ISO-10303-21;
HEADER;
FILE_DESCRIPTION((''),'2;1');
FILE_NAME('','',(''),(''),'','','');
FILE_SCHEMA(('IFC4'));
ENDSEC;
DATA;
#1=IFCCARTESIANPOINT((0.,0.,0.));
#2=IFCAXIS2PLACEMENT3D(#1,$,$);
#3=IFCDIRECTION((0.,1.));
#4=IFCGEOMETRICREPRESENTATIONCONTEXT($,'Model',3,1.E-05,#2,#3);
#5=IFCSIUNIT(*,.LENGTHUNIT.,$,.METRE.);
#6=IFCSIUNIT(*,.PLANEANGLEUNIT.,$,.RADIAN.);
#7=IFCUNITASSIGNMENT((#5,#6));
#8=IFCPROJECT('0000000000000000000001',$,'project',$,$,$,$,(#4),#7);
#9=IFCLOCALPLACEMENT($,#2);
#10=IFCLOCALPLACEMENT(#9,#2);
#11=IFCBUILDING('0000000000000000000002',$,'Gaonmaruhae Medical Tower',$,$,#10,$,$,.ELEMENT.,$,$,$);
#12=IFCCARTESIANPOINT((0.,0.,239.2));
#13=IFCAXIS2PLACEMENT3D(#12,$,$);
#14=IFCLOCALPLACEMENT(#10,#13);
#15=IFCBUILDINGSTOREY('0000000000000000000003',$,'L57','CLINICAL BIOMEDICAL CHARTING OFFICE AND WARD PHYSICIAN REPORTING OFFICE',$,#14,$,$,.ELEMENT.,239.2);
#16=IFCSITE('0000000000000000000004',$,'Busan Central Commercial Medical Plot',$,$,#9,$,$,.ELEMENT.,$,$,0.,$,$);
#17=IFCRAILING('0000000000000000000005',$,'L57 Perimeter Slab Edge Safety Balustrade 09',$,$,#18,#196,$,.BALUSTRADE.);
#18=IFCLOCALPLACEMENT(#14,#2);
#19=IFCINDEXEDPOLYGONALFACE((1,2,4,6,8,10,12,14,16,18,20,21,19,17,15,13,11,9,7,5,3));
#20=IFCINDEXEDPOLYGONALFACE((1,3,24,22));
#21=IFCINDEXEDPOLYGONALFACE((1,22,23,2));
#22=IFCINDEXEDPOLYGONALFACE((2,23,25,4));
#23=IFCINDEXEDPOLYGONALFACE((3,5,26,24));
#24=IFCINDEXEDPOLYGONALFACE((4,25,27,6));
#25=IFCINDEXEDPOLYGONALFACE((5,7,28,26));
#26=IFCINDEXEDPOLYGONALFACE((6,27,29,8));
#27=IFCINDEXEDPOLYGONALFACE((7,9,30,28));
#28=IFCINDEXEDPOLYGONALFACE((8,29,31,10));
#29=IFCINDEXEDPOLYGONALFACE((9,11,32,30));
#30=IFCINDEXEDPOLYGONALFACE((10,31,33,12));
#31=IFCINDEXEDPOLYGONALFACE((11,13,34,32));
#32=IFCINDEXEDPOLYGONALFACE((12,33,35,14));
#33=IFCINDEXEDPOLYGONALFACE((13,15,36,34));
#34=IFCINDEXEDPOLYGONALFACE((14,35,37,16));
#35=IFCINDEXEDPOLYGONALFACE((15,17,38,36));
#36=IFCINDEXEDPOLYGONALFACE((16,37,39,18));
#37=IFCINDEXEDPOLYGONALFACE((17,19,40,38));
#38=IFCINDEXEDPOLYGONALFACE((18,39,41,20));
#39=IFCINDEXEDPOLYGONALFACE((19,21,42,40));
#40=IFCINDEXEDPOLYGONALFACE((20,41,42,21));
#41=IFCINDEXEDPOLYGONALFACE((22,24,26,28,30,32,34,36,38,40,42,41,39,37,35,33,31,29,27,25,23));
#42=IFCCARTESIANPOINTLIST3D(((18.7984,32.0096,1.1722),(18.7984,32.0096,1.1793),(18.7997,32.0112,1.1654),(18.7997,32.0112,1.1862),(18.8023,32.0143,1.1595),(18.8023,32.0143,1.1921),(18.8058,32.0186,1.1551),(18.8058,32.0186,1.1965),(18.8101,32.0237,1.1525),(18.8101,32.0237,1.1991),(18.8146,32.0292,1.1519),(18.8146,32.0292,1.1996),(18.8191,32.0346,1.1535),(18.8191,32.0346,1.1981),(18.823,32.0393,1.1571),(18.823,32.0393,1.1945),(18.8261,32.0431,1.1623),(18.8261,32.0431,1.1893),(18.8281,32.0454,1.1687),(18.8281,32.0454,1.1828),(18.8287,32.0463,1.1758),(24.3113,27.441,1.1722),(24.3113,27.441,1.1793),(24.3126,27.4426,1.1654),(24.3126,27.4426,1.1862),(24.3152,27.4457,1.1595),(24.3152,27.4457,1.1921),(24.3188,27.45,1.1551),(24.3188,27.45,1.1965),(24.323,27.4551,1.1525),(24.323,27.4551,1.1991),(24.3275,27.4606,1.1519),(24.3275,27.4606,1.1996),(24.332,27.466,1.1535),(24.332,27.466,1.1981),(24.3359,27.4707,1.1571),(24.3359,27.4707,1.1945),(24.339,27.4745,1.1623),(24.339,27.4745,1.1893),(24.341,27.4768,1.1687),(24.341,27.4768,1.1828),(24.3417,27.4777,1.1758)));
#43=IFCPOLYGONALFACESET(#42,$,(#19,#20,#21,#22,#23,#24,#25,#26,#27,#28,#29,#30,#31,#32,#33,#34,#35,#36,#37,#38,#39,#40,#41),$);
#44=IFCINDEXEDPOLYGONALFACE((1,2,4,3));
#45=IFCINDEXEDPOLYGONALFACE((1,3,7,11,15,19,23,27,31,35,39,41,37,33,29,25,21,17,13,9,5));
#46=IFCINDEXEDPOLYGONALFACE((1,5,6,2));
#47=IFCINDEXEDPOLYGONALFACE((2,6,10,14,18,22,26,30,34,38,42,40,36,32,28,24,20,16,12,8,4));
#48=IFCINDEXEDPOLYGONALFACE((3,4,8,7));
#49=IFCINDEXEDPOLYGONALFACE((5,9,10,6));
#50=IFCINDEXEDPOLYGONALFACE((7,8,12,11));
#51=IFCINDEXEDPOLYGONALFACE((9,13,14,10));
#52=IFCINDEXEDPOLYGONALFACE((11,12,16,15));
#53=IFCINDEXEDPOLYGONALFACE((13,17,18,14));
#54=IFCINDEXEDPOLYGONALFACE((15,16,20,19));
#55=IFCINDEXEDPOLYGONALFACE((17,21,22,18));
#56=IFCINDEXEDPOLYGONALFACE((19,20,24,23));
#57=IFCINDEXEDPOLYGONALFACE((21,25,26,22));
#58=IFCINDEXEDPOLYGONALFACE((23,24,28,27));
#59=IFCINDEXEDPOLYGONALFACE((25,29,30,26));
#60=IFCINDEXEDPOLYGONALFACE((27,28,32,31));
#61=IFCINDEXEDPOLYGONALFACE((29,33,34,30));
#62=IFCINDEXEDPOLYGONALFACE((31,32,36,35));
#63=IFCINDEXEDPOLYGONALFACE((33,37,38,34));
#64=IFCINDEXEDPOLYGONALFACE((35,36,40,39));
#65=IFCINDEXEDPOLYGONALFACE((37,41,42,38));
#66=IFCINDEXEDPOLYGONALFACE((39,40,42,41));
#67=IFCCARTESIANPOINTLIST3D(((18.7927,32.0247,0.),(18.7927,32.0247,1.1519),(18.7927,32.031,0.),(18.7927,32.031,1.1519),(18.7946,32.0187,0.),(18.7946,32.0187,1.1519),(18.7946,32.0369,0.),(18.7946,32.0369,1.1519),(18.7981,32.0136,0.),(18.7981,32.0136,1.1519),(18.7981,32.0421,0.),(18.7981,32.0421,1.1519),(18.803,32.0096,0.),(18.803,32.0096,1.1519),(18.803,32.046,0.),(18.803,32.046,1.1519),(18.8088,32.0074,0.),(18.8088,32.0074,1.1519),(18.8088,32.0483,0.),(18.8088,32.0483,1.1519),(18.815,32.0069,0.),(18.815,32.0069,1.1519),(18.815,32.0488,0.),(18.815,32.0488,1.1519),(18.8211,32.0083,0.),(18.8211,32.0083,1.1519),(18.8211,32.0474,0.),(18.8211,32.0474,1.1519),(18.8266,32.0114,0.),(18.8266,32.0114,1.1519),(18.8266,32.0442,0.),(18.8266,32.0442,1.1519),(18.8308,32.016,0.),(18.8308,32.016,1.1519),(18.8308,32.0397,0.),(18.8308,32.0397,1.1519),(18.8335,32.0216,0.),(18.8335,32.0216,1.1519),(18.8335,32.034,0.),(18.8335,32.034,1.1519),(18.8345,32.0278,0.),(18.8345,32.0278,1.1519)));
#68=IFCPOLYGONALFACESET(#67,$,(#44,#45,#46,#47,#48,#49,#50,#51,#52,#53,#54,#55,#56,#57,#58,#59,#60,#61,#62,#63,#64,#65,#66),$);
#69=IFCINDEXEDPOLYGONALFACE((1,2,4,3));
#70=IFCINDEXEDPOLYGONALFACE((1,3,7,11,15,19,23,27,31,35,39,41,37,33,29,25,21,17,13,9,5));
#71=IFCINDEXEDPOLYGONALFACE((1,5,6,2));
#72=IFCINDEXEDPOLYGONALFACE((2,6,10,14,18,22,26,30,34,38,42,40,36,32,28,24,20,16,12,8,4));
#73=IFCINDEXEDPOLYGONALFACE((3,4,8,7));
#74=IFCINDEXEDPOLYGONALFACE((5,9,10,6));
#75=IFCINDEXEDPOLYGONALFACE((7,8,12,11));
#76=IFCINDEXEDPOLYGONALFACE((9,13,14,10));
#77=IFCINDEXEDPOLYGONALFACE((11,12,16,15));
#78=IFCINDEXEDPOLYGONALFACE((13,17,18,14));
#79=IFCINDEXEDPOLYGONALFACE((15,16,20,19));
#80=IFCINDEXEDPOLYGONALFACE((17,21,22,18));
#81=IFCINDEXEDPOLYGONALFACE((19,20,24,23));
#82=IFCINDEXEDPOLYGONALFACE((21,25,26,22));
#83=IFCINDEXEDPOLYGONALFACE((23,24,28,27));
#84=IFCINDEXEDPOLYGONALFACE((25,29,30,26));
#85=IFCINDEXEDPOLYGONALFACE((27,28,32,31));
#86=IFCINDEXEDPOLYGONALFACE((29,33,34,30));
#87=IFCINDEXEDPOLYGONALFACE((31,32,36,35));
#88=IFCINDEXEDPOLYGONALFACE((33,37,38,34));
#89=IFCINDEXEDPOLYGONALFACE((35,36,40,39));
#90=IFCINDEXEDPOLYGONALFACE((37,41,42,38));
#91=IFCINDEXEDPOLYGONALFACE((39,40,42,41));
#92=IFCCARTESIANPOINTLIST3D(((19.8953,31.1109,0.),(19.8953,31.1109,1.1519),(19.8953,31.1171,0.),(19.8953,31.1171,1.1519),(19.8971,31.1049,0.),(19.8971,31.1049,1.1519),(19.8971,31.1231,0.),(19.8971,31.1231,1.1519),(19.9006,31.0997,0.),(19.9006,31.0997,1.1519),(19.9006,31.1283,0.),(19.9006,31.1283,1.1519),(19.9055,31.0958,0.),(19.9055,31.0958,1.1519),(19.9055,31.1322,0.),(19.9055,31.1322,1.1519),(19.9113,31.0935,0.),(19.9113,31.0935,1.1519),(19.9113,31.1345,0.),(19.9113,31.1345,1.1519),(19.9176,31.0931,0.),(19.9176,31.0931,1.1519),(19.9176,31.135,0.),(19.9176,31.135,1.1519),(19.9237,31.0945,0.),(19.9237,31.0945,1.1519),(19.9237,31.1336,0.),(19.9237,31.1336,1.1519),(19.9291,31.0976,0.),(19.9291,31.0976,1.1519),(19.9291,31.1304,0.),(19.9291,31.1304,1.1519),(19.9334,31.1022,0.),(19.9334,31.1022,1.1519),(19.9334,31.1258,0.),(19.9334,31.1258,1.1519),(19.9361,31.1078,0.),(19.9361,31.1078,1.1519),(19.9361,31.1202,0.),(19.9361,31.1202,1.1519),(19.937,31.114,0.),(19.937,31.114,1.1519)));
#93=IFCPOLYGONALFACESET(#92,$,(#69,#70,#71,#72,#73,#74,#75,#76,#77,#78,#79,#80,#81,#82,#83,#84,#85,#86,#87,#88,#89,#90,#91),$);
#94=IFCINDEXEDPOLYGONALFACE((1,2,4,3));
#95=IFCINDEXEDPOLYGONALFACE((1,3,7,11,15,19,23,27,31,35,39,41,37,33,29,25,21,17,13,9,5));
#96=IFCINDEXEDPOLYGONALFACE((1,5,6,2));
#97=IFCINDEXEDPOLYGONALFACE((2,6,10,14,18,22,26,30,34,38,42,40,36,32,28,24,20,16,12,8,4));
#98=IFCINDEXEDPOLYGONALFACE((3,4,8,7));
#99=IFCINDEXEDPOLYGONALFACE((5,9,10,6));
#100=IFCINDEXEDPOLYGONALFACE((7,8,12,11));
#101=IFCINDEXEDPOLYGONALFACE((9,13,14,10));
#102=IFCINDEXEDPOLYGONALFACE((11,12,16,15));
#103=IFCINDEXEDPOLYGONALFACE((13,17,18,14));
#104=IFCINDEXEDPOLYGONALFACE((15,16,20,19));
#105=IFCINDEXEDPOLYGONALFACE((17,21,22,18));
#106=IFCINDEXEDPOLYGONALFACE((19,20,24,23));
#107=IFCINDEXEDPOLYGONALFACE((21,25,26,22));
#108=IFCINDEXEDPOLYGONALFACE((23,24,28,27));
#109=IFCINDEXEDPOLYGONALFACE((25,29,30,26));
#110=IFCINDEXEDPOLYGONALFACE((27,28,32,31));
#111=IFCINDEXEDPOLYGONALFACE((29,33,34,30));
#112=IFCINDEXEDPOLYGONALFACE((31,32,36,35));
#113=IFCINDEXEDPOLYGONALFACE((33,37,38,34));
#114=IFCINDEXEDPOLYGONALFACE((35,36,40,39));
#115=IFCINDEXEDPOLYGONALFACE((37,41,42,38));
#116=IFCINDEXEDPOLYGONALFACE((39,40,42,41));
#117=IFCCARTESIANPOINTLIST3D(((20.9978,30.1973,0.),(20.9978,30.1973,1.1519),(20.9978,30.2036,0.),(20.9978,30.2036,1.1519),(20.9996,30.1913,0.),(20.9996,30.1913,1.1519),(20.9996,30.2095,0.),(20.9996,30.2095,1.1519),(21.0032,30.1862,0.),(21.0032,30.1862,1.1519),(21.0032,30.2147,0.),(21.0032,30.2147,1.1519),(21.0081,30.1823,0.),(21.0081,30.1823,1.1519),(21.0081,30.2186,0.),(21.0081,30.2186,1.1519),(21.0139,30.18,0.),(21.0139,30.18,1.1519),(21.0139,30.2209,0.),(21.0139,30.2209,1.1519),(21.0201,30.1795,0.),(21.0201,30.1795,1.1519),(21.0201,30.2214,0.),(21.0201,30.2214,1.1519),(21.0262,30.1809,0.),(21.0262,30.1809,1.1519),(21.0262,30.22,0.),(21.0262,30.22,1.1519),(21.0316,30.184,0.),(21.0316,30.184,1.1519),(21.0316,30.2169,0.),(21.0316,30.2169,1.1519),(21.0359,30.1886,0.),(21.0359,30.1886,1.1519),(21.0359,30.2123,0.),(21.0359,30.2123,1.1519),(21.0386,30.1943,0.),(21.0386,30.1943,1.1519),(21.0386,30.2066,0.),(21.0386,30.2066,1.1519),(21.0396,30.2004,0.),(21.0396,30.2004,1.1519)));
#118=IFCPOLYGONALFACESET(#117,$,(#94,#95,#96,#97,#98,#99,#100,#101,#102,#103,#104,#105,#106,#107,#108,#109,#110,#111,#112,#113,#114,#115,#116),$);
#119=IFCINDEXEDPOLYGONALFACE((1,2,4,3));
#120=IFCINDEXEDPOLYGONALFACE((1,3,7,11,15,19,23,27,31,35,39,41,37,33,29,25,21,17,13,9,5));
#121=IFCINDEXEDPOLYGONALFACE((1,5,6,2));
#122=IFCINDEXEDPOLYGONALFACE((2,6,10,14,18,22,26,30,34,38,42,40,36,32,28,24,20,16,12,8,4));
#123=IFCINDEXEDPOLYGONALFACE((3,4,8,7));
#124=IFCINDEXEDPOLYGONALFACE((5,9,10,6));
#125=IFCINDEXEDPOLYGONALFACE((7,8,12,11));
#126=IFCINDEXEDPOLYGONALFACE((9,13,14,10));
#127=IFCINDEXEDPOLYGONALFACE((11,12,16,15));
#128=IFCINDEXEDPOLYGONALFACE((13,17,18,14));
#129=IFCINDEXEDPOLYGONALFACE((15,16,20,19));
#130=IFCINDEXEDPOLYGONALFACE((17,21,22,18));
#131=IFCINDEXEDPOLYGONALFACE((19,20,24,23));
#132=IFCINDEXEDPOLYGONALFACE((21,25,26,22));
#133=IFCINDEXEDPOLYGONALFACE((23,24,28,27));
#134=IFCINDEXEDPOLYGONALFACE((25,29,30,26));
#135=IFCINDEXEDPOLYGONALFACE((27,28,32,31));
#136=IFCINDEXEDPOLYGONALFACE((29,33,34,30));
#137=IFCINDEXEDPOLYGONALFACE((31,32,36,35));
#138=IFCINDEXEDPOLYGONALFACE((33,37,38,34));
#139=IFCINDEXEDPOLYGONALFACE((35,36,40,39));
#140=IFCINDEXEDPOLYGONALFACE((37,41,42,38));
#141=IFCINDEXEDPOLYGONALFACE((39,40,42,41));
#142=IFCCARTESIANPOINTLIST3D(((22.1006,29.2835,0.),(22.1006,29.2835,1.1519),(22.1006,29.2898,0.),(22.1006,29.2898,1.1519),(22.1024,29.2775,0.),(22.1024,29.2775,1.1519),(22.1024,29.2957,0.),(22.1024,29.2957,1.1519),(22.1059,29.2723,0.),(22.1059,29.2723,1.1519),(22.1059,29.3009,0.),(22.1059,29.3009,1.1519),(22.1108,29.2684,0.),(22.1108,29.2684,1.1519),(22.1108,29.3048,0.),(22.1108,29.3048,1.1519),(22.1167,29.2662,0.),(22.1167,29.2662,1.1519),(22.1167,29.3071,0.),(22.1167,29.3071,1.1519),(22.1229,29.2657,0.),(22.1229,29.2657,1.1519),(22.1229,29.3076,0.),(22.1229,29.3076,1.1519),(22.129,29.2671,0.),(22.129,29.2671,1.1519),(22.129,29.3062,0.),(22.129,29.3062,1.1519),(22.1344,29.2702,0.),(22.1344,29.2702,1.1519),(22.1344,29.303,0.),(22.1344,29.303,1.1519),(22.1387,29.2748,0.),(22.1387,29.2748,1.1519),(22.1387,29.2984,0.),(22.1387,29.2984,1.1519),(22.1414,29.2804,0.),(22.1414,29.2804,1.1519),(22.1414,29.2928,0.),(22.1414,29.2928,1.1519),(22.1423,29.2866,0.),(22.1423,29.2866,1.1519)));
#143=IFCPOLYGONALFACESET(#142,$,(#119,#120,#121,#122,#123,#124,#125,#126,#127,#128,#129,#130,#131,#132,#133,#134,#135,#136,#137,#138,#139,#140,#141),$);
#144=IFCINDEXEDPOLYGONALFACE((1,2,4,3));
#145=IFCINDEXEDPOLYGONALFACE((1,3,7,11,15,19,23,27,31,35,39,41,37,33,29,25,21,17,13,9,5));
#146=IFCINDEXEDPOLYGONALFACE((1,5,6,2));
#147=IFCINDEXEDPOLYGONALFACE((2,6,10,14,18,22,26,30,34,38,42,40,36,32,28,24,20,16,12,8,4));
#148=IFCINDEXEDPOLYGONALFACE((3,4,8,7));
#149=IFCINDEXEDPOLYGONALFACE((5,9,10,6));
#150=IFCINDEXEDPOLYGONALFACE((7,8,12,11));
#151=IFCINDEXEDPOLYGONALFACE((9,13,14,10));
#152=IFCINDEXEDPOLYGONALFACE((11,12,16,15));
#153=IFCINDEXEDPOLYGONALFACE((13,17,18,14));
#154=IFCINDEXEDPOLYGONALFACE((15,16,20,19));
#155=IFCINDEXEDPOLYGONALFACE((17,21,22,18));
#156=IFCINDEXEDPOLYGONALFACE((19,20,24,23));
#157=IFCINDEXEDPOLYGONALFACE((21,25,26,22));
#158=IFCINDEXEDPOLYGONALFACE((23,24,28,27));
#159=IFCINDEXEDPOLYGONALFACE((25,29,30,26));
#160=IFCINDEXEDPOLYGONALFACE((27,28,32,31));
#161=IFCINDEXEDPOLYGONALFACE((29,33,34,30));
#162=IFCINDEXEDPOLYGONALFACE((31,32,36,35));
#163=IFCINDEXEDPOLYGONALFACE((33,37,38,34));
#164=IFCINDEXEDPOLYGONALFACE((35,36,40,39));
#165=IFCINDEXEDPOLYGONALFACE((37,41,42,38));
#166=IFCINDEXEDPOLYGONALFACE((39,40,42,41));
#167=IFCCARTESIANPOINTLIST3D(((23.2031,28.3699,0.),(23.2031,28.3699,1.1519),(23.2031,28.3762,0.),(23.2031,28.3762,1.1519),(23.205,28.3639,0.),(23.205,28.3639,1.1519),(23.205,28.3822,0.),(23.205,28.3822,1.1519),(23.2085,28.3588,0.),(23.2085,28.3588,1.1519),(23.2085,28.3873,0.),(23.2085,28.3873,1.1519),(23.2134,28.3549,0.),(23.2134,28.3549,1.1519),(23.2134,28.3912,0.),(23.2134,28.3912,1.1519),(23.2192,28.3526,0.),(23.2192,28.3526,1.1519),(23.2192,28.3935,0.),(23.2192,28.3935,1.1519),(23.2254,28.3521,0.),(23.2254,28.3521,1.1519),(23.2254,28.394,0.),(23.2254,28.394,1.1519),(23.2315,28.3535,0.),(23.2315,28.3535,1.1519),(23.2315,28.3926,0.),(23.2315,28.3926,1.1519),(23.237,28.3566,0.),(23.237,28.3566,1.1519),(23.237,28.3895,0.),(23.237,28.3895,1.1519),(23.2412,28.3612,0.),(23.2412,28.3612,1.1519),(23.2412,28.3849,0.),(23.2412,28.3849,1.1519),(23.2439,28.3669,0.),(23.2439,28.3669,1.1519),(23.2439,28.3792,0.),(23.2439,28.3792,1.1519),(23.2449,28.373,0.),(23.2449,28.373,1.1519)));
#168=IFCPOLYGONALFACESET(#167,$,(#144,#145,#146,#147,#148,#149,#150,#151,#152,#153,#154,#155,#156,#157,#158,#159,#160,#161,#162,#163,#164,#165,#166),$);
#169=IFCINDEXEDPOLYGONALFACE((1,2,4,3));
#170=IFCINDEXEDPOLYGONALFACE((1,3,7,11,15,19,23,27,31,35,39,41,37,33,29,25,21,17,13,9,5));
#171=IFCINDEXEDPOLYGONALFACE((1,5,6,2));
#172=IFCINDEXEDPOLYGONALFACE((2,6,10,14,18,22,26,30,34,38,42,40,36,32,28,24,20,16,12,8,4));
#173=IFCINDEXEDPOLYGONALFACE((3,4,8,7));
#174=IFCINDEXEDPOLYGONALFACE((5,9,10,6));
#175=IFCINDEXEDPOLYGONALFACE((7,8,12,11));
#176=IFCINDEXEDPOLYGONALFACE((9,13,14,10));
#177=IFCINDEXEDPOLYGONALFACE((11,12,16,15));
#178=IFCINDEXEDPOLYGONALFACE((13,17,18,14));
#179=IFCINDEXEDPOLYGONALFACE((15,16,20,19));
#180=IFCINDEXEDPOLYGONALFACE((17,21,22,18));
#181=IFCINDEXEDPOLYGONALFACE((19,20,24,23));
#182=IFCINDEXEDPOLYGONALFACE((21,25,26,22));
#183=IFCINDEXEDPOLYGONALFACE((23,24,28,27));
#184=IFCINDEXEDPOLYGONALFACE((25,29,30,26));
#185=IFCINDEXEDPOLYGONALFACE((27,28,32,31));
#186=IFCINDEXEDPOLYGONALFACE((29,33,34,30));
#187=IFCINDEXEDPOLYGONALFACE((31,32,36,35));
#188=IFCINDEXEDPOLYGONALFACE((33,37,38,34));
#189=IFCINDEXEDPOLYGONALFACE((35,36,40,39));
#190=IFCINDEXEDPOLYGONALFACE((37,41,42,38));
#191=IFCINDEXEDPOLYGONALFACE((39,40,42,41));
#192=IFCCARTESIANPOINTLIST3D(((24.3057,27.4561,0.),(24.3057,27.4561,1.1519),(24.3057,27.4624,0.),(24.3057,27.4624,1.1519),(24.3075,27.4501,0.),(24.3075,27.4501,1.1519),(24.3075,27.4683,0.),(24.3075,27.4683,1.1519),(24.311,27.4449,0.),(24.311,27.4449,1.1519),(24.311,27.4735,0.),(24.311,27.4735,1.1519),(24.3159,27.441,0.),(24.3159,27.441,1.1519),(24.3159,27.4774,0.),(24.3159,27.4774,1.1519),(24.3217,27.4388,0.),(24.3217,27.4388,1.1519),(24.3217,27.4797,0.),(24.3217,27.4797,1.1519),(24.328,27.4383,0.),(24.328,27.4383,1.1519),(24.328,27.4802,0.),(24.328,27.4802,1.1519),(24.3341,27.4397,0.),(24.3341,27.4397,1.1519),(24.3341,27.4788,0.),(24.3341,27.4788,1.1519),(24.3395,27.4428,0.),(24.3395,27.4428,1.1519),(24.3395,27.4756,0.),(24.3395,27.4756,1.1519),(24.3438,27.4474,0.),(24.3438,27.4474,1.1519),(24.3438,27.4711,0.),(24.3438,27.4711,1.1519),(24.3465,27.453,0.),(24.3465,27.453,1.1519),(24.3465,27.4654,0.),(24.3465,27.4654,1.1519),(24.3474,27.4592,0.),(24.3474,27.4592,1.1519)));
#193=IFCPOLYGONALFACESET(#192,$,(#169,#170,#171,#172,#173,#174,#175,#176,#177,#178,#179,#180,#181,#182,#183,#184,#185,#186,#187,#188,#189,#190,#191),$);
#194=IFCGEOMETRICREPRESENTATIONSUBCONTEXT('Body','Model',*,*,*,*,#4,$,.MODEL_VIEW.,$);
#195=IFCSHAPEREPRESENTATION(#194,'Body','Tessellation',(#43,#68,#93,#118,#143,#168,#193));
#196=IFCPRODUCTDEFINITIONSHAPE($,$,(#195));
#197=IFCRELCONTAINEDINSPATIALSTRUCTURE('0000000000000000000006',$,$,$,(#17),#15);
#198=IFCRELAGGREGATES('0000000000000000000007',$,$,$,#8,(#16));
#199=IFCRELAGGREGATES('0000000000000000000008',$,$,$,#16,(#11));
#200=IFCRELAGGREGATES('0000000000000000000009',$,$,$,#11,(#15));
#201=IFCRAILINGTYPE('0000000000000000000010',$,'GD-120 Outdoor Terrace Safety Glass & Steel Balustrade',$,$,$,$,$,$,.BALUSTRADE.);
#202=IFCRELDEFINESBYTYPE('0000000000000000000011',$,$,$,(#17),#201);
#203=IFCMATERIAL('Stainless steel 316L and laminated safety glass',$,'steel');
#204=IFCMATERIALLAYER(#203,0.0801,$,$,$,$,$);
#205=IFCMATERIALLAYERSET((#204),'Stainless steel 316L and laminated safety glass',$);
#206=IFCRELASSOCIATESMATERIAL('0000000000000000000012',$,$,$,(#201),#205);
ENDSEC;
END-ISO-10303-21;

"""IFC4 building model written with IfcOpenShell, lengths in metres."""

from ifc_helpers import new_model, si_unit, direction, frame, origin, origin_2d, place, context, subcontext, project, spatial, circle, extrude, material, layer, layer_set, type_object, element, save


model = new_model("IFC4")

# Units and contexts
model_context = context("Model", 3, precision=1e-05, world=origin(), true_north=direction((0.0, 1.0)))
body_context = subcontext(model_context, "Body", "Model", "MODEL_VIEW")
ifc_project = project(units=[si_unit("LENGTHUNIT", "METRE"), si_unit("PLANEANGLEUNIT", "RADIAN")], contexts=[model_context])

# Site, building, storey
site_placement = place(None, origin())
site = spatial("IfcSite", under=ifc_project, at=site_placement, Name="Busan Central Commercial Medical Plot", CompositionType="ELEMENT", RefElevation=0.0)
building_placement = place(site_placement, origin())
building = spatial("IfcBuilding", under=site, at=building_placement, Name="Gaonmaruhae Medical Tower", CompositionType="ELEMENT")
storey_placement = place(building_placement, frame((0.0, 0.0, 239.2)))
storey = spatial("IfcBuildingStorey", under=building, at=storey_placement, Name="L57", Description="CLINICAL BIOMEDICAL CHARTING OFFICE AND WARD PHYSICIAN REPORTING OFFICE", CompositionType="ELEMENT", Elevation=239.2)

# Railing
ifc_material_1 = material(Name="Stainless steel 316L and laminated safety glass", Category="steel")
ifc_layer_1 = layer(ifc_material_1, 0.0801)
ifc_layer_set_1 = layer_set([ifc_layer_1], Name="Stainless steel 316L and laminated safety glass")
railing_type = type_object("IfcRailingType", Name="GD-120 Outdoor Terrace Safety Glass & Steel Balustrade", PredefinedType="BALUSTRADE", material=ifc_layer_set_1)
railing_1_placement = place(storey_placement, frame((18.8135, 32.0278, 0.0)))
element("IfcRailing", 1, at=railing_1_placement, inside=storey, type_object=railing_type, Name="L57 Perimeter Slab Edge Safety Balustrade 09", PredefinedType="BALUSTRADE", context=body_context, shape_type="SweptSolid", body=[
    extrude(circle(Radius=0.0239, at=origin_2d()), frame((0.0, 0.0, 1.1758), z_axis=(0.769971, -0.638079, 0.0), x_axis=(0.638079, 0.769971, 0.0)), (0.0, 0.0, 1.0), 7.1599),
    extrude(circle(Radius=0.021, at=origin_2d()), origin(), (0.0, 0.0, 1.0), 1.1519),
    extrude(circle(Radius=0.021, at=origin_2d()), frame((1.1025, -0.9138, 0.0)), (0.0, 0.0, 1.0), 1.1519),
    extrude(circle(Radius=0.021, at=origin_2d()), frame((2.2051, -1.8274, 0.0)), (0.0, 0.0, 1.0), 1.1519),
    extrude(circle(Radius=0.021, at=origin_2d()), frame((3.3079, -2.7412, 0.0)), (0.0, 0.0, 1.0), 1.1519),
    extrude(circle(Radius=0.021, at=origin_2d()), frame((4.4104, -3.6548, 0.0)), (0.0, 0.0, 1.0), 1.1519),
    extrude(circle(Radius=0.021, at=origin_2d()), frame((5.5129, -4.5686, 0.0)), (0.0, 0.0, 1.0), 1.1519),
])

save(model, "model.ifc")
